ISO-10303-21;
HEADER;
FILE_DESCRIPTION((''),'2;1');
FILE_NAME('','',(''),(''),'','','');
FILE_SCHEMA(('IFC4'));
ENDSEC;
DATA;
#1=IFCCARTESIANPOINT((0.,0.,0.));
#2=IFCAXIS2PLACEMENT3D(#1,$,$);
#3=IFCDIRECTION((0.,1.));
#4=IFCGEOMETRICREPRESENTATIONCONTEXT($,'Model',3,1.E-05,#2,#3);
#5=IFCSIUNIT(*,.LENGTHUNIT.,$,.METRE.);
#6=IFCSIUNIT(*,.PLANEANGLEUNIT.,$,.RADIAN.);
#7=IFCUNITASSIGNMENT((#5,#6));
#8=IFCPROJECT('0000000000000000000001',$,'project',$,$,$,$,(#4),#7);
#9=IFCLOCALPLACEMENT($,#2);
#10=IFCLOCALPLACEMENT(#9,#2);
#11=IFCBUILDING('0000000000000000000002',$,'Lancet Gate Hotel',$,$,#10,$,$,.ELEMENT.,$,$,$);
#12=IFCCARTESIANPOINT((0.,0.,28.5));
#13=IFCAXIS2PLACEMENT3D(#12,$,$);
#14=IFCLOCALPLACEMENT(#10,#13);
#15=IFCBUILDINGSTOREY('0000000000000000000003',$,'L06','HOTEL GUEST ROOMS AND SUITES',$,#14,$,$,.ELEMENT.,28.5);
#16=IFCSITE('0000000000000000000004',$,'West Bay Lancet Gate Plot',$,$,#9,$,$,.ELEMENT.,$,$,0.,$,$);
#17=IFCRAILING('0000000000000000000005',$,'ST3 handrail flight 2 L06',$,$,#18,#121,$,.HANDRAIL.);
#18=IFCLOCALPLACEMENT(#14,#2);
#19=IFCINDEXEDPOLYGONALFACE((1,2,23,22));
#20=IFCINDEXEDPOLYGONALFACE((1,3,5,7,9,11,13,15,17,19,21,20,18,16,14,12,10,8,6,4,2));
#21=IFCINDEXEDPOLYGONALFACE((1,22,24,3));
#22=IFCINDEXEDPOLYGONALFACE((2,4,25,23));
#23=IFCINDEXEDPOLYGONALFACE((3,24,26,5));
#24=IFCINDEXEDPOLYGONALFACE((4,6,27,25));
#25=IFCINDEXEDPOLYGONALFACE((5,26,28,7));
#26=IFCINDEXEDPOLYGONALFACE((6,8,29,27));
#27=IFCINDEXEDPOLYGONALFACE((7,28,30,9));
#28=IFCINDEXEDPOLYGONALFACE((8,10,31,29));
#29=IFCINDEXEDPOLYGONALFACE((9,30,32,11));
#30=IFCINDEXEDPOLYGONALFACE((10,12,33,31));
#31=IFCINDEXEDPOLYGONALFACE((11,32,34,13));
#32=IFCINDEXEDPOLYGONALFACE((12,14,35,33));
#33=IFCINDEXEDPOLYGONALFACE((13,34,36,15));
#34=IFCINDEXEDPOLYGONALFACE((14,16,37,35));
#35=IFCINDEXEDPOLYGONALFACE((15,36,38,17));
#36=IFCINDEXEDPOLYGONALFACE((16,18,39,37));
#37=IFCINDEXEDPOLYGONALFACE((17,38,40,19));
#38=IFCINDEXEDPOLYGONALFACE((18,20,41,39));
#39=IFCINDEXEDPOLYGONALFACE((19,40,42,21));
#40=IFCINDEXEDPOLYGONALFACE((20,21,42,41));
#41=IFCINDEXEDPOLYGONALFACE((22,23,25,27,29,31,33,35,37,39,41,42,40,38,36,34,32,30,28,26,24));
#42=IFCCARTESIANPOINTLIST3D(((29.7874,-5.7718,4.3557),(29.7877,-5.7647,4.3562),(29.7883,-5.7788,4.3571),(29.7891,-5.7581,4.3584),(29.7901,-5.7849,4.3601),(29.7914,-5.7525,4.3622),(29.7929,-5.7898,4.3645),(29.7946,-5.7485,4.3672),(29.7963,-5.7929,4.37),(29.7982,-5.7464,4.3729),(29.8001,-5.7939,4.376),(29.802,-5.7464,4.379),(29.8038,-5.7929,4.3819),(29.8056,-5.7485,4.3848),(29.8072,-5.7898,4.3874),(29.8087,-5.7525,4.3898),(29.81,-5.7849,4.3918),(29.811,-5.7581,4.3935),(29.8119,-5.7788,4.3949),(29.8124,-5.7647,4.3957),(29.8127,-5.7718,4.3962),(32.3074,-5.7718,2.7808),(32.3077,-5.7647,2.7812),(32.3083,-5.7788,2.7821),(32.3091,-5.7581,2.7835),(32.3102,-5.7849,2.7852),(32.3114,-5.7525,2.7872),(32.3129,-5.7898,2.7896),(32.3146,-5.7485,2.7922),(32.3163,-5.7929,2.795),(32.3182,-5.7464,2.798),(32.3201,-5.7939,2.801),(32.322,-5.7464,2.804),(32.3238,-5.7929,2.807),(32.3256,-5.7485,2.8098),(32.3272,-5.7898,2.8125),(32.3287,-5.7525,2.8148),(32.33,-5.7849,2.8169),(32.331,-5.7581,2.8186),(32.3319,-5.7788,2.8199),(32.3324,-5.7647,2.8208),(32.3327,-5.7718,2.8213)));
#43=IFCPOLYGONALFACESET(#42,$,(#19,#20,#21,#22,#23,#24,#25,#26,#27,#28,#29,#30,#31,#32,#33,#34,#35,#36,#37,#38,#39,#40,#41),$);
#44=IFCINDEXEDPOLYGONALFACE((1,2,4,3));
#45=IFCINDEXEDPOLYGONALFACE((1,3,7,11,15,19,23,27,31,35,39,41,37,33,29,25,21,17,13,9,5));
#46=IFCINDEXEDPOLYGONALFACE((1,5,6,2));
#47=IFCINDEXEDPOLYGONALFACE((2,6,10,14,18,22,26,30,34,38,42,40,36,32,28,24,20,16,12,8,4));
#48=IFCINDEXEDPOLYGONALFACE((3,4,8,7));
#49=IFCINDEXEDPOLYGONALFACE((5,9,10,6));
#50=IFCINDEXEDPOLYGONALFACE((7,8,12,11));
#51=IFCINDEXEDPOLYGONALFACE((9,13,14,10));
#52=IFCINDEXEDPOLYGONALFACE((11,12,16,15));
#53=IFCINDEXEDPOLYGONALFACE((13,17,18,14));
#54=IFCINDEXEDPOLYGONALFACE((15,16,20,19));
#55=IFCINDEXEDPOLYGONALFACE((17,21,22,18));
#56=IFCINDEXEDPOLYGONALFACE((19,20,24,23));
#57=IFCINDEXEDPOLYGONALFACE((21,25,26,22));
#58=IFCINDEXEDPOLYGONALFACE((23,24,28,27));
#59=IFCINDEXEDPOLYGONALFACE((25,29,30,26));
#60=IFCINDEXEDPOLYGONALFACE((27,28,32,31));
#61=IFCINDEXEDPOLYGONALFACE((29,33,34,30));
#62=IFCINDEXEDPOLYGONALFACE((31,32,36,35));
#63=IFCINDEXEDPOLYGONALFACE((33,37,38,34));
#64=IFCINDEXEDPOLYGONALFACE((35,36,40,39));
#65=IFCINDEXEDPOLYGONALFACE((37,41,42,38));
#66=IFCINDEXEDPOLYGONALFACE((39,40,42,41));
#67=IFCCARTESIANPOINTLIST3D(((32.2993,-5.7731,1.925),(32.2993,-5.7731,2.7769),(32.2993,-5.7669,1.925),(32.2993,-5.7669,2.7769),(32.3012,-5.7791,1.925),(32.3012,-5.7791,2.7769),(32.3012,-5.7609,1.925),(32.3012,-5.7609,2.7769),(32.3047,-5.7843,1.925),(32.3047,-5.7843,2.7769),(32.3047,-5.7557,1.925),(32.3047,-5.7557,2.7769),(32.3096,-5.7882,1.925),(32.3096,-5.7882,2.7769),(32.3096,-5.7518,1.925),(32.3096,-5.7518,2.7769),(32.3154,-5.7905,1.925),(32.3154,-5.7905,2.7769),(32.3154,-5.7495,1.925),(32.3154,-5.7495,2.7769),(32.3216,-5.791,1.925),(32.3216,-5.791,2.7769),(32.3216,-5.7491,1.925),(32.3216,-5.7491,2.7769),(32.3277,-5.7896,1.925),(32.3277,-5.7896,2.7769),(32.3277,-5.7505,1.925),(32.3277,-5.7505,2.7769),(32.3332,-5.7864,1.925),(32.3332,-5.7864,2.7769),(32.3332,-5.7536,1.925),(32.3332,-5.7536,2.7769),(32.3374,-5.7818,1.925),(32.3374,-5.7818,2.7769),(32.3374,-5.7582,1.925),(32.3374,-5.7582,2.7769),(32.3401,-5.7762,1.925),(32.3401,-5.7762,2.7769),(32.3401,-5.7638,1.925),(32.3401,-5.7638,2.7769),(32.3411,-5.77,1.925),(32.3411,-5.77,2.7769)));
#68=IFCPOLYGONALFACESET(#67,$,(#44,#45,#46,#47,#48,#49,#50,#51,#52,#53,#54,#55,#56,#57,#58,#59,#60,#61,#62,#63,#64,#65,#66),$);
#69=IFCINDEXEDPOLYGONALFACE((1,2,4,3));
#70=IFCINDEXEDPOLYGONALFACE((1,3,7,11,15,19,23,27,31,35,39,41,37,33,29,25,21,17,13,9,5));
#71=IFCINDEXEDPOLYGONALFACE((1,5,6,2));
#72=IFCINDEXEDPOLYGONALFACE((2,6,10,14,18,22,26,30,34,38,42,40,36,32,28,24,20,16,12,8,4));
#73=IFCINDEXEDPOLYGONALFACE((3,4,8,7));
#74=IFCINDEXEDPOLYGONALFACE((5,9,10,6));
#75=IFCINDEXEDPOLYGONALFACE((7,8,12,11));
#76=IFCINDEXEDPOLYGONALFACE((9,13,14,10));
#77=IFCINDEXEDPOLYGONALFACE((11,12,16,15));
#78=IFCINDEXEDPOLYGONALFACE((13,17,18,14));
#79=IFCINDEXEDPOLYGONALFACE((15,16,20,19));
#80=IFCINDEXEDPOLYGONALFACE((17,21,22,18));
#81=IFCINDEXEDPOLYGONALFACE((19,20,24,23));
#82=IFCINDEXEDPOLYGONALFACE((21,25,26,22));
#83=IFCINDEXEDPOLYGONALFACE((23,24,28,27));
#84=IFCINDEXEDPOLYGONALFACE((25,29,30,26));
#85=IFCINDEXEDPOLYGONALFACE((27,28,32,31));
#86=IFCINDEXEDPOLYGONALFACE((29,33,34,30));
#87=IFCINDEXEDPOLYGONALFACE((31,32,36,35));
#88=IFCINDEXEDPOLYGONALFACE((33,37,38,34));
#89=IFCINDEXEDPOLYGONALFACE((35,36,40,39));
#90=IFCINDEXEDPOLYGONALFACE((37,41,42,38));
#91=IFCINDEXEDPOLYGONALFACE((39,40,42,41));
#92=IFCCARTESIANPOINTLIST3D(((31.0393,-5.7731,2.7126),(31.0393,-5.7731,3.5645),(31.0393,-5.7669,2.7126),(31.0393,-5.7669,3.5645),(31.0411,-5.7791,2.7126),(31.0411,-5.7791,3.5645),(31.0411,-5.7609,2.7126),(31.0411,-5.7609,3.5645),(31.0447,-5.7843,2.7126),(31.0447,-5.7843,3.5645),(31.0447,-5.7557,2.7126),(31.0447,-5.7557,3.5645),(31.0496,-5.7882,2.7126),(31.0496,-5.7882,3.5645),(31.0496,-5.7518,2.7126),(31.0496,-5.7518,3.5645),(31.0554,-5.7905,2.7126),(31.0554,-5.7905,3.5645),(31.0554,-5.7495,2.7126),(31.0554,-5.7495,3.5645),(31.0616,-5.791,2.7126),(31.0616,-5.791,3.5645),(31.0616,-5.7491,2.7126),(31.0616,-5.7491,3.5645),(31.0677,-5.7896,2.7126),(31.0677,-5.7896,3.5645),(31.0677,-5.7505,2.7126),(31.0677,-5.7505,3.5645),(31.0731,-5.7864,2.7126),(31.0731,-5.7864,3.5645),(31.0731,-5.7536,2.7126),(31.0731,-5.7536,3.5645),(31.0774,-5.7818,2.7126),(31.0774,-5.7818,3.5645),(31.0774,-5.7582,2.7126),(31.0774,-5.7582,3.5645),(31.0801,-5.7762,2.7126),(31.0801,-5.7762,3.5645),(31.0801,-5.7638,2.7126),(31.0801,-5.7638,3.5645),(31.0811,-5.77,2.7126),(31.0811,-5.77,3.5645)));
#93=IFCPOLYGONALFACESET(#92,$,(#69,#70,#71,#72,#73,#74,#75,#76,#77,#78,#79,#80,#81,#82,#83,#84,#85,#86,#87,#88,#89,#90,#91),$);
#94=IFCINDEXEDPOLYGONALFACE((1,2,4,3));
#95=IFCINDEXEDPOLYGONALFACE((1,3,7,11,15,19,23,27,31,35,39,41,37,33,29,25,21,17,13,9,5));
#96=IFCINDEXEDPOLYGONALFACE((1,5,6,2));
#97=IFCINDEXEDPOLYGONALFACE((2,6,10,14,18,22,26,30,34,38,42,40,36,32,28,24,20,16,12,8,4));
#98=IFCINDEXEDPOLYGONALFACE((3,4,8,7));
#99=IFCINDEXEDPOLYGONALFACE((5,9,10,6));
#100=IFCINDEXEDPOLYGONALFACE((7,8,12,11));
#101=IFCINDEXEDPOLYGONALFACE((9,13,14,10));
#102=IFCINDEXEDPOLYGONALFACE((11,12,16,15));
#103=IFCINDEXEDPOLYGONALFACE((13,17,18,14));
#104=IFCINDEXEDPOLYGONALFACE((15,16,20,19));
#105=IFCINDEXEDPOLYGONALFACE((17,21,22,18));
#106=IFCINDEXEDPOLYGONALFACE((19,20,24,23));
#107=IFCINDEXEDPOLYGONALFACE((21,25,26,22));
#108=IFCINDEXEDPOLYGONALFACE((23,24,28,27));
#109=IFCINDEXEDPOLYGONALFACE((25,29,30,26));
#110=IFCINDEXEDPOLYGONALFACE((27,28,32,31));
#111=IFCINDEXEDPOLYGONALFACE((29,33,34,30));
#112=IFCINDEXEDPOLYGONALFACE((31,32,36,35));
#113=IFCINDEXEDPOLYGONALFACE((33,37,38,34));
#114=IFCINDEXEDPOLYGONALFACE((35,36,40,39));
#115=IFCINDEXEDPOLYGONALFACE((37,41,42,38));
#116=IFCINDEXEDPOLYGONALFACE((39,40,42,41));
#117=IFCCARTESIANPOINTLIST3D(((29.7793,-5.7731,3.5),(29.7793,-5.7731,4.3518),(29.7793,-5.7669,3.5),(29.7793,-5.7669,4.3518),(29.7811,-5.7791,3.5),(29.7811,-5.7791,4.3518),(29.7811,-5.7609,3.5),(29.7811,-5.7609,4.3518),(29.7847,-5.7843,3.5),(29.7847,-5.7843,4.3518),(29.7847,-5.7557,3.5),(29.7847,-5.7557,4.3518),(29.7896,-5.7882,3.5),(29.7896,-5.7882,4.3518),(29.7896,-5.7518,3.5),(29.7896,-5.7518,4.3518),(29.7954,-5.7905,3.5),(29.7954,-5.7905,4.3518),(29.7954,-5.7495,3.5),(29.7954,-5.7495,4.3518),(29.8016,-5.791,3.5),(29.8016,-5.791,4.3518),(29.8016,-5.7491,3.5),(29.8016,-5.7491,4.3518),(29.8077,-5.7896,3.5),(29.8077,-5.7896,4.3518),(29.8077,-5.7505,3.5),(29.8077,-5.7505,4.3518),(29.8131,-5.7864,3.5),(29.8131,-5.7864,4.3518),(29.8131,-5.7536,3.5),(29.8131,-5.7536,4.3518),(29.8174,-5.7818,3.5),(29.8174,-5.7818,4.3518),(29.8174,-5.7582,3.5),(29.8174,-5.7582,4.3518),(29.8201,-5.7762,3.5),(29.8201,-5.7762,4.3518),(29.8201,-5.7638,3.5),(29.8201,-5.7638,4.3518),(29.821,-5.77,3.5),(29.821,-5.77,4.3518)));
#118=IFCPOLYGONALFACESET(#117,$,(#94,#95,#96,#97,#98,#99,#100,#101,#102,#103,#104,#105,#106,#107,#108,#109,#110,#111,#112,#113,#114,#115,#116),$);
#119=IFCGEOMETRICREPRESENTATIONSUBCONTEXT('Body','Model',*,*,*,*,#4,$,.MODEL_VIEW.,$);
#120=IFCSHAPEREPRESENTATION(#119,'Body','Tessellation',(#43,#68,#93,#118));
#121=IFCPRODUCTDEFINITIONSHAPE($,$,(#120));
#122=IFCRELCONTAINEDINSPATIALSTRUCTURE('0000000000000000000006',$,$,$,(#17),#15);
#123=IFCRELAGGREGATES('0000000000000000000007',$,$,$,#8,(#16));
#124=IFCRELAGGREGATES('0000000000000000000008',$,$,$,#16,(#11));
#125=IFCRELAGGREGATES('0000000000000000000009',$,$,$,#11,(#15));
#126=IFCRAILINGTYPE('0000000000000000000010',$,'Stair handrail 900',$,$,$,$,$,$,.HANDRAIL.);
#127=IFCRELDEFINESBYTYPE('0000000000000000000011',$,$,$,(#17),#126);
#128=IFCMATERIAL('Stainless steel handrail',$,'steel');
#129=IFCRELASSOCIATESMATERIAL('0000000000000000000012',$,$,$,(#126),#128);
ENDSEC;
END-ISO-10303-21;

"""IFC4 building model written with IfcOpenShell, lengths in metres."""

from ifc_helpers import new_model, si_unit, direction, frame, origin, origin_2d, place, context, subcontext, project, spatial, circle, extrude, material, type_object, element, save


model = new_model("IFC4")

# Units and contexts
model_context = context("Model", 3, precision=1e-05, world=origin(), true_north=direction((0.0, 1.0)))
body_context = subcontext(model_context, "Body", "Model", "MODEL_VIEW")
ifc_project = project(units=[si_unit("LENGTHUNIT", "METRE"), si_unit("PLANEANGLEUNIT", "RADIAN")], contexts=[model_context])

# Site, building, storey
site_placement = place(None, origin())
site = spatial("IfcSite", under=ifc_project, at=site_placement, Name="West Bay Lancet Gate Plot", CompositionType="ELEMENT", RefElevation=0.0)
building_placement = place(site_placement, origin())
building = spatial("IfcBuilding", under=site, at=building_placement, Name="Lancet Gate Hotel", CompositionType="ELEMENT")
storey_placement = place(building_placement, frame((0.0, 0.0, 28.5)))
storey = spatial("IfcBuildingStorey", under=building, at=storey_placement, Name="L06", Description="HOTEL GUEST ROOMS AND SUITES", CompositionType="ELEMENT", Elevation=28.5)

# Railing
ifc_material_1 = material(Name="Stainless steel handrail", Category="steel")
railing_type = type_object("IfcRailingType", Name="Stair handrail 900", PredefinedType="HANDRAIL", material=ifc_material_1)
railing_placement = place(storey_placement, frame((32.3201, -5.77, 1.925)))
element("IfcRailing", 1, at=railing_placement, inside=storey, type_object=railing_type, Name="ST3 handrail flight 2 L06", PredefinedType="HANDRAIL", context=body_context, shape_type="SweptSolid", body=[
    extrude(circle(Radius=0.0239, at=origin_2d()), frame((0.0, 0.0, 0.876), z_axis=(-0.848008, 0.0, 0.529984), x_axis=(0.0, -1.0, 0.0)), (0.0, 0.0, 1.0), 2.9717),
    extrude(circle(Radius=0.021, at=origin_2d()), origin(), (0.0, 0.0, 1.0), 0.8518),
    extrude(circle(Radius=0.021, at=origin_2d()), frame((-1.26, 0.0, 0.7876)), (0.0, 0.0, 1.0), 0.8518),
    extrude(circle(Radius=0.021, at=origin_2d()), frame((-2.52, 0.0, 1.575)), (0.0, 0.0, 1.0), 0.8518),
])

save(model, "model.ifc")
